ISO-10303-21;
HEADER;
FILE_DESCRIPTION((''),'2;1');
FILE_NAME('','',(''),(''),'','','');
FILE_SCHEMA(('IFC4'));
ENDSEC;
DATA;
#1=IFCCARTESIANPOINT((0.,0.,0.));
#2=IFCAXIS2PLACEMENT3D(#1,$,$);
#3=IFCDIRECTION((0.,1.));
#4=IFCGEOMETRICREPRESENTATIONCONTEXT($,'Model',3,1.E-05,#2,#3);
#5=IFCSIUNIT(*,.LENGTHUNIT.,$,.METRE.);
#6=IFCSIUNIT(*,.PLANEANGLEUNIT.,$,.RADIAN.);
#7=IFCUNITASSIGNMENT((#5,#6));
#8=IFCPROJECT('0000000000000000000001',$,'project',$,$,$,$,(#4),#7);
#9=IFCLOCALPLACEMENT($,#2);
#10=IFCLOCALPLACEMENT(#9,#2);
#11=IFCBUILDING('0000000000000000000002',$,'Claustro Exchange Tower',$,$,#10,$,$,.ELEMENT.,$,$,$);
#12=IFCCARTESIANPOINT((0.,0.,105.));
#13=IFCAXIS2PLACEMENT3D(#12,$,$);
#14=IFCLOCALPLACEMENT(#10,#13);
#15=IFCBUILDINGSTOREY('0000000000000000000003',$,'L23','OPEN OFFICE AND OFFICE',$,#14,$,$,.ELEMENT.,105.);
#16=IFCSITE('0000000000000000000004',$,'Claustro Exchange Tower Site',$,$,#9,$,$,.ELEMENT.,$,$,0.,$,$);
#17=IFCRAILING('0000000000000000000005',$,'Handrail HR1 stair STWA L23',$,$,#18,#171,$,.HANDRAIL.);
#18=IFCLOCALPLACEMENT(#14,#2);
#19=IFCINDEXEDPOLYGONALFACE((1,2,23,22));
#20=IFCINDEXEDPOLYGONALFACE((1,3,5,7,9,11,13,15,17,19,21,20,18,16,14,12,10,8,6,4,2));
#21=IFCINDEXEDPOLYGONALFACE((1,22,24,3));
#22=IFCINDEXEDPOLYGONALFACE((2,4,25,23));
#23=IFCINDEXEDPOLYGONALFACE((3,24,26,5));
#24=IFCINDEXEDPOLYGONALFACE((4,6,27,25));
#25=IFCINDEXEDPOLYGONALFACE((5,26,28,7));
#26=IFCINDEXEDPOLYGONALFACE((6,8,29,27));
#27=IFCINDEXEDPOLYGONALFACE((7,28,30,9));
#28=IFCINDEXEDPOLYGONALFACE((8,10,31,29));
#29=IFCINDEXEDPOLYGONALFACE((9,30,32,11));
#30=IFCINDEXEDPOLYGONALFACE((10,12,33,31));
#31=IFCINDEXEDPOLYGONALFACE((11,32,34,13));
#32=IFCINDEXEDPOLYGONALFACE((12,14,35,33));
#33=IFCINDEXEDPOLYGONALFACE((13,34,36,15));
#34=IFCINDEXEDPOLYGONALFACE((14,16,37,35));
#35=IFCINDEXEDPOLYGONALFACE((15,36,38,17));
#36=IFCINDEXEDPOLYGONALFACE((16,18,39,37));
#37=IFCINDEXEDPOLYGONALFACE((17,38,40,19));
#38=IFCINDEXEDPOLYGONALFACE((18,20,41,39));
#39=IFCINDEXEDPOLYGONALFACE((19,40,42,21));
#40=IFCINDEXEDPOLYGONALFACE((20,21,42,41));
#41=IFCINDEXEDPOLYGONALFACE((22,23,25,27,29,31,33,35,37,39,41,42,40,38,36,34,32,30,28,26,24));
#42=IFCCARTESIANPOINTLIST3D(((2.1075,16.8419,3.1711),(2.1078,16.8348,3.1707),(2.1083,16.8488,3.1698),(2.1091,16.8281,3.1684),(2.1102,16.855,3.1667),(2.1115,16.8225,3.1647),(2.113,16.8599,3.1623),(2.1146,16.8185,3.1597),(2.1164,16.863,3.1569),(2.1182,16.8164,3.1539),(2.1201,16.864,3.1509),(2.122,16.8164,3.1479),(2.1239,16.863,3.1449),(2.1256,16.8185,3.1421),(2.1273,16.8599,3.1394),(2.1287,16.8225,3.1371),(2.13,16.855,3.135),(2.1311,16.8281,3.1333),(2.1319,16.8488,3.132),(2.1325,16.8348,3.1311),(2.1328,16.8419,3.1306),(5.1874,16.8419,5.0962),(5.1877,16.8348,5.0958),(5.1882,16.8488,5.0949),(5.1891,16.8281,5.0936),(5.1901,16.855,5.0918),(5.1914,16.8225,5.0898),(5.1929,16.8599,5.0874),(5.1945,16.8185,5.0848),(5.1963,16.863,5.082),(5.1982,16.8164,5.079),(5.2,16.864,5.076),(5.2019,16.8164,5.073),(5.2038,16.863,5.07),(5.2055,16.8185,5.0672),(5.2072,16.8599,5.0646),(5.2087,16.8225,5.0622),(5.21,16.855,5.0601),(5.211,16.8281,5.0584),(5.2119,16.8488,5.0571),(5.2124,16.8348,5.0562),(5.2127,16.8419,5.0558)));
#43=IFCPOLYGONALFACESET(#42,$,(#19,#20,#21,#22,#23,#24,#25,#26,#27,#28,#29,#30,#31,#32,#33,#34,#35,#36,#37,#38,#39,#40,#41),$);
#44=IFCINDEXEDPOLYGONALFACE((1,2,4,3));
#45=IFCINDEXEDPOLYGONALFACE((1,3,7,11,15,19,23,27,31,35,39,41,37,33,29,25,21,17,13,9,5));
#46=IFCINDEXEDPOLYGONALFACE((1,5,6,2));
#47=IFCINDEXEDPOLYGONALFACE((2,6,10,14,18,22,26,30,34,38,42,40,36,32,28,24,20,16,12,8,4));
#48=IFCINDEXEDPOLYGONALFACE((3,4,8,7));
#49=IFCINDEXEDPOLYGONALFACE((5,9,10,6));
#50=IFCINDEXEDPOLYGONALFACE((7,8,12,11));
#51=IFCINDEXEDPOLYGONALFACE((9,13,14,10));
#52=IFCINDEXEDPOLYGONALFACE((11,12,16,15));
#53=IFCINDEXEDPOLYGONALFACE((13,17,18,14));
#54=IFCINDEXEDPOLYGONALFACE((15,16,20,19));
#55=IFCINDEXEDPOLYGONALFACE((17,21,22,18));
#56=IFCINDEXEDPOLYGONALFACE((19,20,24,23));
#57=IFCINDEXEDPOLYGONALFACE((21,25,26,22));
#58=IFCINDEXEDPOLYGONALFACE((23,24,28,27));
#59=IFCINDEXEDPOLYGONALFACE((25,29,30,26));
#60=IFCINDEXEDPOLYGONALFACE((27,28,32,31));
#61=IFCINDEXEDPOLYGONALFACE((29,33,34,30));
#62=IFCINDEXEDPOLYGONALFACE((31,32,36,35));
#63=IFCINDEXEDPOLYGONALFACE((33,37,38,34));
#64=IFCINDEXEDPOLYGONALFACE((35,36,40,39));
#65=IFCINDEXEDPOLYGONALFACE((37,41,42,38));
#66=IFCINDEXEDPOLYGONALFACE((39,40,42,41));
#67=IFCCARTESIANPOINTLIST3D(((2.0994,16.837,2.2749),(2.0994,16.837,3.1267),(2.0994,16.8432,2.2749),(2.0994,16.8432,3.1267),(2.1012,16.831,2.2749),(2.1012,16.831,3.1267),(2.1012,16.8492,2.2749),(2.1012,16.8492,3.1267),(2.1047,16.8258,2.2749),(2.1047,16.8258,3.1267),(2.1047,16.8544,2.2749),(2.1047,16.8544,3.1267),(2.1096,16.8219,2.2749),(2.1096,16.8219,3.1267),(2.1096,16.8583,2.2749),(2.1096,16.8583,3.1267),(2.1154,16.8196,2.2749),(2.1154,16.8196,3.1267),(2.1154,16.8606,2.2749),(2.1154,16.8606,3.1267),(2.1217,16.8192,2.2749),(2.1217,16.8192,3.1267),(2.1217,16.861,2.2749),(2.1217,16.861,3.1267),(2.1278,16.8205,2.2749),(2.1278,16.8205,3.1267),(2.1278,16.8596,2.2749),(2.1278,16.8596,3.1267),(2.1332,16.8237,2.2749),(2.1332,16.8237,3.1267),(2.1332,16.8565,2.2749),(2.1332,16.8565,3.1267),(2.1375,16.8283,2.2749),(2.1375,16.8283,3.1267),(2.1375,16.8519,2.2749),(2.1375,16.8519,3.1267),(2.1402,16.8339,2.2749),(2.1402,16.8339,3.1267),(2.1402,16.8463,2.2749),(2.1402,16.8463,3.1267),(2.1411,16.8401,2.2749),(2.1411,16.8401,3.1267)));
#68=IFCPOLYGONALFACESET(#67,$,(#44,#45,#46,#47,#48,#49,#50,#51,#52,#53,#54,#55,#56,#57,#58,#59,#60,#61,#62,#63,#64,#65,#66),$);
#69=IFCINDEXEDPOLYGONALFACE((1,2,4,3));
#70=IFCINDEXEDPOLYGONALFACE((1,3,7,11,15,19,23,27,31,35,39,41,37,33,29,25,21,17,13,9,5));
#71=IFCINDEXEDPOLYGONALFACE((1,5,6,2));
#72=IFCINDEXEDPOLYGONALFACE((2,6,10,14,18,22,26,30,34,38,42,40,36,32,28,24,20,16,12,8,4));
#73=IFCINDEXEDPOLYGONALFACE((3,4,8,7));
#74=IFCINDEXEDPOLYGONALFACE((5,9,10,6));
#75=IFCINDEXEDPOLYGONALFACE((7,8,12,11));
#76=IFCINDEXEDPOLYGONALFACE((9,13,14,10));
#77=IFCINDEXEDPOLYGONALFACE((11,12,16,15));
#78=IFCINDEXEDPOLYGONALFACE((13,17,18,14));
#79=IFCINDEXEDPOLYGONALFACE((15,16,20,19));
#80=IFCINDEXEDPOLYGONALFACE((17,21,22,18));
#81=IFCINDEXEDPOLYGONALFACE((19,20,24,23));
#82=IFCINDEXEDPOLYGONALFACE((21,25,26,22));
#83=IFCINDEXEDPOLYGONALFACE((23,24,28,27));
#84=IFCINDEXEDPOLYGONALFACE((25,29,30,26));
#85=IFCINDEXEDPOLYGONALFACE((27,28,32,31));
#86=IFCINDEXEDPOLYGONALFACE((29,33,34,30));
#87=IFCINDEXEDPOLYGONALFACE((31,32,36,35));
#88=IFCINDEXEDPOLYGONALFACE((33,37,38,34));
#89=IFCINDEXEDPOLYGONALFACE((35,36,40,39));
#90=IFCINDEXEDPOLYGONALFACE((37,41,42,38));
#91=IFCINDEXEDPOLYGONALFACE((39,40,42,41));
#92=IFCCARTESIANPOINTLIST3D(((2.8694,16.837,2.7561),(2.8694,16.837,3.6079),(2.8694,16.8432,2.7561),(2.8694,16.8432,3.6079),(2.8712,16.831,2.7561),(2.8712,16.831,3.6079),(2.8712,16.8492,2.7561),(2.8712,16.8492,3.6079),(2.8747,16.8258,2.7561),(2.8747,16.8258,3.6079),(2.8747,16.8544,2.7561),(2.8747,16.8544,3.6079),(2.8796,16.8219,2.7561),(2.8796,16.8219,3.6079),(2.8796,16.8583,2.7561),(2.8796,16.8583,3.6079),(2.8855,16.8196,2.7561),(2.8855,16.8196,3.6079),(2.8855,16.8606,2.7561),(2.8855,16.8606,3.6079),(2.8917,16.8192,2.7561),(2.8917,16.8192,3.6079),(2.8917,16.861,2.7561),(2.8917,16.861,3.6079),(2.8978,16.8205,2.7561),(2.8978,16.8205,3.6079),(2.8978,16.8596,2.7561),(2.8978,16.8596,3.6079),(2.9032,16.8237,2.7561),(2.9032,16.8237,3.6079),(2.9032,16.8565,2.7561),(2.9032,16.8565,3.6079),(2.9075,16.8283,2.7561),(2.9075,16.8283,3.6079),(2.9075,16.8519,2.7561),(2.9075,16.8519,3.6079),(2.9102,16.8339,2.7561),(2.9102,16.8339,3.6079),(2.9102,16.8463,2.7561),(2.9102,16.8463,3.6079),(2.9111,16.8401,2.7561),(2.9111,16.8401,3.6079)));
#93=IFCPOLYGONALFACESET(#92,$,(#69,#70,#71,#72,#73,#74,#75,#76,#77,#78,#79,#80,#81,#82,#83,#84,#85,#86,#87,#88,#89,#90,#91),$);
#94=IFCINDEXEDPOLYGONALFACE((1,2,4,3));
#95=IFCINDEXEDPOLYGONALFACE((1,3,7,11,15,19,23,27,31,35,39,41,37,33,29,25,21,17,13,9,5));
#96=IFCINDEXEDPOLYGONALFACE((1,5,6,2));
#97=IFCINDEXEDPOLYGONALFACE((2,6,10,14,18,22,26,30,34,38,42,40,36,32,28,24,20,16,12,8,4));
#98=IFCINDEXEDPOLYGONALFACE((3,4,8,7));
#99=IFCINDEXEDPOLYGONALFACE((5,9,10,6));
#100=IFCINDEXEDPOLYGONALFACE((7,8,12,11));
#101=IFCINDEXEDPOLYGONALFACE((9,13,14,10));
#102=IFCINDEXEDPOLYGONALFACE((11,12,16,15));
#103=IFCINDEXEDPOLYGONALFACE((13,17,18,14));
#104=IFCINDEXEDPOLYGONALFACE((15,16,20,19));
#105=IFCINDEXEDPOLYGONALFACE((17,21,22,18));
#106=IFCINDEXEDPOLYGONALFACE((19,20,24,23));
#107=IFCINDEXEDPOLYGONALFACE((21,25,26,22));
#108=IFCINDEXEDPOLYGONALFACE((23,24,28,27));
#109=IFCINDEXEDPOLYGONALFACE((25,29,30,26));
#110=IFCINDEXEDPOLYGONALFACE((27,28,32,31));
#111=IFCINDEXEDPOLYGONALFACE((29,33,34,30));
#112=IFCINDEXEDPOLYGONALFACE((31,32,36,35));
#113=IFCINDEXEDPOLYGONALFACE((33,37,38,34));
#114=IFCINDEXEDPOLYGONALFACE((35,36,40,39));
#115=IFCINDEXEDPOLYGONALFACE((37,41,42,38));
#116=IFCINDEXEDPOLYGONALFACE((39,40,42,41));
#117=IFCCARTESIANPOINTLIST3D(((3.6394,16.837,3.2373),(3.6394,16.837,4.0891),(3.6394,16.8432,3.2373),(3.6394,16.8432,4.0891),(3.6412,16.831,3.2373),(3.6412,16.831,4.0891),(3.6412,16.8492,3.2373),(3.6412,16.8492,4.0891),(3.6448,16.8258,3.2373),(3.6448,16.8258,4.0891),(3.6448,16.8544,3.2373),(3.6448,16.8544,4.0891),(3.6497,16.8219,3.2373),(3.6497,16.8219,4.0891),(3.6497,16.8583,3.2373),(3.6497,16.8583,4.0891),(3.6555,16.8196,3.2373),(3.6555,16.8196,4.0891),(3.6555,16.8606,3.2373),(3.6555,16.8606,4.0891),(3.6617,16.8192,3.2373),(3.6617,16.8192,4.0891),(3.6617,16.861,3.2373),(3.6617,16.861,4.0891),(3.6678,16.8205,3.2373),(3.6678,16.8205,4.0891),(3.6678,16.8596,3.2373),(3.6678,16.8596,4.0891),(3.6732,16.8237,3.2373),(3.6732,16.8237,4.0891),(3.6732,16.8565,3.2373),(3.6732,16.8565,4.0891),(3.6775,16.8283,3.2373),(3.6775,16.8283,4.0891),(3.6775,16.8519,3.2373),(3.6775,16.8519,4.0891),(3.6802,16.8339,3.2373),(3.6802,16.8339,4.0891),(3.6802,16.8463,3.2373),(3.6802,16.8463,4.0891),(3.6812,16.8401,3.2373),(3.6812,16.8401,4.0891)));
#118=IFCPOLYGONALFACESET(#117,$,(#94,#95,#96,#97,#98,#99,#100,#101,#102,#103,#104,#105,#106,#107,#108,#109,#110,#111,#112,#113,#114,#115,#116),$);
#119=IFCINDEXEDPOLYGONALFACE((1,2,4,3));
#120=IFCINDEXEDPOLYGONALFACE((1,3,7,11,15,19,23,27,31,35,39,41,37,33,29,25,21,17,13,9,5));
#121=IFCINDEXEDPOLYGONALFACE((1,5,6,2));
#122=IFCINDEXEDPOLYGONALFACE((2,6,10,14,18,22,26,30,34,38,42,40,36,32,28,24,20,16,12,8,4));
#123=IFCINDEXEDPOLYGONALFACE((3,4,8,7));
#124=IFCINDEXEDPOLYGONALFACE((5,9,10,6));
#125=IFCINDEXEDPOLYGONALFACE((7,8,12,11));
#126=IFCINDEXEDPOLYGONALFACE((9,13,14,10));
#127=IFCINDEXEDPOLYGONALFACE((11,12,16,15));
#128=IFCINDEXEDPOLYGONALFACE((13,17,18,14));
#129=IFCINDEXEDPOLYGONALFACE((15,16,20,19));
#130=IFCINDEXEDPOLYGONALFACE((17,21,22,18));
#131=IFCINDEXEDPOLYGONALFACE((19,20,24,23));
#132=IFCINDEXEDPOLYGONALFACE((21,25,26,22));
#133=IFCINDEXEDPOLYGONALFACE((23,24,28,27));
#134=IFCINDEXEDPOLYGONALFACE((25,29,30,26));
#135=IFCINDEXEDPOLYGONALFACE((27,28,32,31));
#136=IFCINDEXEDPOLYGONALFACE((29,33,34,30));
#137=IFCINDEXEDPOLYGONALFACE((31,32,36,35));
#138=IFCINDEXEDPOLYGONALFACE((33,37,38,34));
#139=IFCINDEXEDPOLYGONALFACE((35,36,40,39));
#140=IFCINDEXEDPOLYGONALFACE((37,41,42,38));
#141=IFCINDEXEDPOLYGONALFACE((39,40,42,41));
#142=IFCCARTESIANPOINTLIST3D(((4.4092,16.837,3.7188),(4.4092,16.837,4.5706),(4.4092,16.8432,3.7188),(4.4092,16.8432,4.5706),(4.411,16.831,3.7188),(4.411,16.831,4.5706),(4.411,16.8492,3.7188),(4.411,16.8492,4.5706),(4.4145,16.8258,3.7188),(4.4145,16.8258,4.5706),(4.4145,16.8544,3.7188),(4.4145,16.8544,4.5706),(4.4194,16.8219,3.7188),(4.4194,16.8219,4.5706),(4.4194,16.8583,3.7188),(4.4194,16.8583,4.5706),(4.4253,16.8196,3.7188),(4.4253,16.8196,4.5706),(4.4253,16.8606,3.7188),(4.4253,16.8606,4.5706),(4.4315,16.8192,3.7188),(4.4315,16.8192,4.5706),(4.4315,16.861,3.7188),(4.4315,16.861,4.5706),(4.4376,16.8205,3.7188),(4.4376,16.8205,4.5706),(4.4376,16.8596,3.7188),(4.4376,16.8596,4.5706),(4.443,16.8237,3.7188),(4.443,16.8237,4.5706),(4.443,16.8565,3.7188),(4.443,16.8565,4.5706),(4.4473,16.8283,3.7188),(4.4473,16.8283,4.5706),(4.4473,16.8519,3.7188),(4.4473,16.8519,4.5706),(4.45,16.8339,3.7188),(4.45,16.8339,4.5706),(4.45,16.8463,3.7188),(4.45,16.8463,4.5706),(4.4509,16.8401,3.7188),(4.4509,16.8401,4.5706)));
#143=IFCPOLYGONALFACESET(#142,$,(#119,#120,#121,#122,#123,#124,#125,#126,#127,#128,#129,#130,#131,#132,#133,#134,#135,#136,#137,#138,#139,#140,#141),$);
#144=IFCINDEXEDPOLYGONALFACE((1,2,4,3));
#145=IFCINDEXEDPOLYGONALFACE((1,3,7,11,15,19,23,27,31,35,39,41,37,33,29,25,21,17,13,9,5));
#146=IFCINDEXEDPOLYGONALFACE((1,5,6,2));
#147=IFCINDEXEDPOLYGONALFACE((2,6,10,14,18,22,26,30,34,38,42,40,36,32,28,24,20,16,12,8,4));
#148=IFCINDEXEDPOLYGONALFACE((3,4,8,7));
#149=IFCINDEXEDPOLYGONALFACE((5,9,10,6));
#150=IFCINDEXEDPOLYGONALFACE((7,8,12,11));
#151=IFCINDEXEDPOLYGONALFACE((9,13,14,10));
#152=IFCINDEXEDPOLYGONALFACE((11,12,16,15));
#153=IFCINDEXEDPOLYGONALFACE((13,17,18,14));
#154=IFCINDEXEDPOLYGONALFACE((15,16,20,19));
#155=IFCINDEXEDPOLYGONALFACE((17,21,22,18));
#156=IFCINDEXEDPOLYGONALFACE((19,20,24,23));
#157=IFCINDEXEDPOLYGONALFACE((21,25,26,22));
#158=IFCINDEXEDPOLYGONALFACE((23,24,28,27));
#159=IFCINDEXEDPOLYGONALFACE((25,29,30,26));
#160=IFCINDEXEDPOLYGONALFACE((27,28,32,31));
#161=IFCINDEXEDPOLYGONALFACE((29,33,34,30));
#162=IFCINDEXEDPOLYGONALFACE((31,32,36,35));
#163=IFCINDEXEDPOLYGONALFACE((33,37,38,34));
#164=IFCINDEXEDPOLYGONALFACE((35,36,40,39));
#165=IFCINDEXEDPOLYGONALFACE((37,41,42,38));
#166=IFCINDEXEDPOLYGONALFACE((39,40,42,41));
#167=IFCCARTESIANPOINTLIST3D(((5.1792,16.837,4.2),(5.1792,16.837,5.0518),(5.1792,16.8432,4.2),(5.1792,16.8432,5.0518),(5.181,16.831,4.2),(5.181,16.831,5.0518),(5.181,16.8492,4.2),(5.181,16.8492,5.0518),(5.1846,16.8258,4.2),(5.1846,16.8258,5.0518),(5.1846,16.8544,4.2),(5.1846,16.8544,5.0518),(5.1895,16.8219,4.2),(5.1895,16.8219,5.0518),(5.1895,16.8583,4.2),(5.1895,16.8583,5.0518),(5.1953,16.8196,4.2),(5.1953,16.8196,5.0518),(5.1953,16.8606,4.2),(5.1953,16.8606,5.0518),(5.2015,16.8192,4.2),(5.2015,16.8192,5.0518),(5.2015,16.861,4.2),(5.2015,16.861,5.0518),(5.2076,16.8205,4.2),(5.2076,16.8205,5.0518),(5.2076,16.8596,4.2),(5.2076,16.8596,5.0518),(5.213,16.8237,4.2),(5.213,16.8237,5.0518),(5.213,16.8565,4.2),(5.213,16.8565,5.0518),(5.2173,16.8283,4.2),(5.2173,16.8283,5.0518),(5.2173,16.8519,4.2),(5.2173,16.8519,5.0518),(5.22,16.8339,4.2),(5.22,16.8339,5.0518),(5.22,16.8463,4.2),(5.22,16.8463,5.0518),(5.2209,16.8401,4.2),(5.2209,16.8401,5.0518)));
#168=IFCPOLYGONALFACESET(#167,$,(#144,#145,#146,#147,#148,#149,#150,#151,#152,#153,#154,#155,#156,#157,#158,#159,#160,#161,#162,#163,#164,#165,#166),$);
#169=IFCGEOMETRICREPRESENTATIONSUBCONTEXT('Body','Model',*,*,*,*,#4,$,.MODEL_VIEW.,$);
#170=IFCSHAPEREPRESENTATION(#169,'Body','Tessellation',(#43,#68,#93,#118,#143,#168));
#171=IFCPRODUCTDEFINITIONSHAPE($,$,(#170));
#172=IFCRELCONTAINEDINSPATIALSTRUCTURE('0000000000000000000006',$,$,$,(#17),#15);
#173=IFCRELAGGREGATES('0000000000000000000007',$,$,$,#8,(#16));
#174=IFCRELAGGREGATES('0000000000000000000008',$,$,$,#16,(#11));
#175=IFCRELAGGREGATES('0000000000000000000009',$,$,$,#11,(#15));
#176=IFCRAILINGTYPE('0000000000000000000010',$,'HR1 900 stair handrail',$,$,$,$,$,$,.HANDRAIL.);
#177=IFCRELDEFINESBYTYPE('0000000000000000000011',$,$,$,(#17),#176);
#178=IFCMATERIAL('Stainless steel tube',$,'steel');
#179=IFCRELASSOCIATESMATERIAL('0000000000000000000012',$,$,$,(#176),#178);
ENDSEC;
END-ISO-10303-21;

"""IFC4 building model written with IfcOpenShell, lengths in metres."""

from ifc_helpers import new_model, si_unit, direction, frame, origin, origin_2d, place, context, subcontext, project, spatial, circle, extrude, material, type_object, element, save


model = new_model("IFC4")

# Units and contexts
model_context = context("Model", 3, precision=1e-05, world=origin(), true_north=direction((0.0, 1.0)))
body_context = subcontext(model_context, "Body", "Model", "MODEL_VIEW")
ifc_project = project(units=[si_unit("LENGTHUNIT", "METRE"), si_unit("PLANEANGLEUNIT", "RADIAN")], contexts=[model_context])

# Site, building, storey
site_placement = place(None, origin())
site = spatial("IfcSite", under=ifc_project, at=site_placement, Name="Claustro Exchange Tower Site", CompositionType="ELEMENT", RefElevation=0.0)
building_placement = place(site_placement, origin())
building = spatial("IfcBuilding", under=site, at=building_placement, Name="Claustro Exchange Tower", CompositionType="ELEMENT")
storey_placement = place(building_placement, frame((0.0, 0.0, 105.0)))
storey = spatial("IfcBuildingStorey", under=building, at=storey_placement, Name="L23", Description="OPEN OFFICE AND OFFICE", CompositionType="ELEMENT", Elevation=105.0)

# Railing
ifc_material_1 = material(Name="Stainless steel tube", Category="steel")
railing_type = type_object("IfcRailingType", Name="HR1 900 stair handrail", PredefinedType="HANDRAIL", material=ifc_material_1)
railing_placement = place(storey_placement, frame((2.1201, 16.8401, 2.2749)))
element("IfcRailing", 1, at=railing_placement, inside=storey, type_object=railing_type, Name="Handrail HR1 stair STWA L23", PredefinedType="HANDRAIL", context=body_context, shape_type="SweptSolid", body=[
    extrude(circle(Radius=0.0239, at=origin_2d()), frame((0.0, 0.0, 0.876), z_axis=(0.847979, 0.0, 0.530029), x_axis=(0.0, 1.0, 0.0)), (0.0, 0.0, 1.0), 3.6321),
    extrude(circle(Radius=0.021, at=origin_2d()), origin(), (0.0, 0.0, 1.0), 0.8518),
    extrude(circle(Radius=0.021, at=origin_2d()), frame((0.77, 0.0, 0.4812)), (0.0, 0.0, 1.0), 0.8518),
    extrude(circle(Radius=0.021, at=origin_2d()), frame((1.54, 0.0, 0.9624)), (0.0, 0.0, 1.0), 0.8518),
    extrude(circle(Radius=0.021, at=origin_2d()), frame((2.3098, 0.0, 1.4438)), (0.0, 0.0, 1.0), 0.8518),
    extrude(circle(Radius=0.021, at=origin_2d()), frame((3.0798, 0.0, 1.925)), (0.0, 0.0, 1.0), 0.8518),
])

save(model, "model.ifc")
